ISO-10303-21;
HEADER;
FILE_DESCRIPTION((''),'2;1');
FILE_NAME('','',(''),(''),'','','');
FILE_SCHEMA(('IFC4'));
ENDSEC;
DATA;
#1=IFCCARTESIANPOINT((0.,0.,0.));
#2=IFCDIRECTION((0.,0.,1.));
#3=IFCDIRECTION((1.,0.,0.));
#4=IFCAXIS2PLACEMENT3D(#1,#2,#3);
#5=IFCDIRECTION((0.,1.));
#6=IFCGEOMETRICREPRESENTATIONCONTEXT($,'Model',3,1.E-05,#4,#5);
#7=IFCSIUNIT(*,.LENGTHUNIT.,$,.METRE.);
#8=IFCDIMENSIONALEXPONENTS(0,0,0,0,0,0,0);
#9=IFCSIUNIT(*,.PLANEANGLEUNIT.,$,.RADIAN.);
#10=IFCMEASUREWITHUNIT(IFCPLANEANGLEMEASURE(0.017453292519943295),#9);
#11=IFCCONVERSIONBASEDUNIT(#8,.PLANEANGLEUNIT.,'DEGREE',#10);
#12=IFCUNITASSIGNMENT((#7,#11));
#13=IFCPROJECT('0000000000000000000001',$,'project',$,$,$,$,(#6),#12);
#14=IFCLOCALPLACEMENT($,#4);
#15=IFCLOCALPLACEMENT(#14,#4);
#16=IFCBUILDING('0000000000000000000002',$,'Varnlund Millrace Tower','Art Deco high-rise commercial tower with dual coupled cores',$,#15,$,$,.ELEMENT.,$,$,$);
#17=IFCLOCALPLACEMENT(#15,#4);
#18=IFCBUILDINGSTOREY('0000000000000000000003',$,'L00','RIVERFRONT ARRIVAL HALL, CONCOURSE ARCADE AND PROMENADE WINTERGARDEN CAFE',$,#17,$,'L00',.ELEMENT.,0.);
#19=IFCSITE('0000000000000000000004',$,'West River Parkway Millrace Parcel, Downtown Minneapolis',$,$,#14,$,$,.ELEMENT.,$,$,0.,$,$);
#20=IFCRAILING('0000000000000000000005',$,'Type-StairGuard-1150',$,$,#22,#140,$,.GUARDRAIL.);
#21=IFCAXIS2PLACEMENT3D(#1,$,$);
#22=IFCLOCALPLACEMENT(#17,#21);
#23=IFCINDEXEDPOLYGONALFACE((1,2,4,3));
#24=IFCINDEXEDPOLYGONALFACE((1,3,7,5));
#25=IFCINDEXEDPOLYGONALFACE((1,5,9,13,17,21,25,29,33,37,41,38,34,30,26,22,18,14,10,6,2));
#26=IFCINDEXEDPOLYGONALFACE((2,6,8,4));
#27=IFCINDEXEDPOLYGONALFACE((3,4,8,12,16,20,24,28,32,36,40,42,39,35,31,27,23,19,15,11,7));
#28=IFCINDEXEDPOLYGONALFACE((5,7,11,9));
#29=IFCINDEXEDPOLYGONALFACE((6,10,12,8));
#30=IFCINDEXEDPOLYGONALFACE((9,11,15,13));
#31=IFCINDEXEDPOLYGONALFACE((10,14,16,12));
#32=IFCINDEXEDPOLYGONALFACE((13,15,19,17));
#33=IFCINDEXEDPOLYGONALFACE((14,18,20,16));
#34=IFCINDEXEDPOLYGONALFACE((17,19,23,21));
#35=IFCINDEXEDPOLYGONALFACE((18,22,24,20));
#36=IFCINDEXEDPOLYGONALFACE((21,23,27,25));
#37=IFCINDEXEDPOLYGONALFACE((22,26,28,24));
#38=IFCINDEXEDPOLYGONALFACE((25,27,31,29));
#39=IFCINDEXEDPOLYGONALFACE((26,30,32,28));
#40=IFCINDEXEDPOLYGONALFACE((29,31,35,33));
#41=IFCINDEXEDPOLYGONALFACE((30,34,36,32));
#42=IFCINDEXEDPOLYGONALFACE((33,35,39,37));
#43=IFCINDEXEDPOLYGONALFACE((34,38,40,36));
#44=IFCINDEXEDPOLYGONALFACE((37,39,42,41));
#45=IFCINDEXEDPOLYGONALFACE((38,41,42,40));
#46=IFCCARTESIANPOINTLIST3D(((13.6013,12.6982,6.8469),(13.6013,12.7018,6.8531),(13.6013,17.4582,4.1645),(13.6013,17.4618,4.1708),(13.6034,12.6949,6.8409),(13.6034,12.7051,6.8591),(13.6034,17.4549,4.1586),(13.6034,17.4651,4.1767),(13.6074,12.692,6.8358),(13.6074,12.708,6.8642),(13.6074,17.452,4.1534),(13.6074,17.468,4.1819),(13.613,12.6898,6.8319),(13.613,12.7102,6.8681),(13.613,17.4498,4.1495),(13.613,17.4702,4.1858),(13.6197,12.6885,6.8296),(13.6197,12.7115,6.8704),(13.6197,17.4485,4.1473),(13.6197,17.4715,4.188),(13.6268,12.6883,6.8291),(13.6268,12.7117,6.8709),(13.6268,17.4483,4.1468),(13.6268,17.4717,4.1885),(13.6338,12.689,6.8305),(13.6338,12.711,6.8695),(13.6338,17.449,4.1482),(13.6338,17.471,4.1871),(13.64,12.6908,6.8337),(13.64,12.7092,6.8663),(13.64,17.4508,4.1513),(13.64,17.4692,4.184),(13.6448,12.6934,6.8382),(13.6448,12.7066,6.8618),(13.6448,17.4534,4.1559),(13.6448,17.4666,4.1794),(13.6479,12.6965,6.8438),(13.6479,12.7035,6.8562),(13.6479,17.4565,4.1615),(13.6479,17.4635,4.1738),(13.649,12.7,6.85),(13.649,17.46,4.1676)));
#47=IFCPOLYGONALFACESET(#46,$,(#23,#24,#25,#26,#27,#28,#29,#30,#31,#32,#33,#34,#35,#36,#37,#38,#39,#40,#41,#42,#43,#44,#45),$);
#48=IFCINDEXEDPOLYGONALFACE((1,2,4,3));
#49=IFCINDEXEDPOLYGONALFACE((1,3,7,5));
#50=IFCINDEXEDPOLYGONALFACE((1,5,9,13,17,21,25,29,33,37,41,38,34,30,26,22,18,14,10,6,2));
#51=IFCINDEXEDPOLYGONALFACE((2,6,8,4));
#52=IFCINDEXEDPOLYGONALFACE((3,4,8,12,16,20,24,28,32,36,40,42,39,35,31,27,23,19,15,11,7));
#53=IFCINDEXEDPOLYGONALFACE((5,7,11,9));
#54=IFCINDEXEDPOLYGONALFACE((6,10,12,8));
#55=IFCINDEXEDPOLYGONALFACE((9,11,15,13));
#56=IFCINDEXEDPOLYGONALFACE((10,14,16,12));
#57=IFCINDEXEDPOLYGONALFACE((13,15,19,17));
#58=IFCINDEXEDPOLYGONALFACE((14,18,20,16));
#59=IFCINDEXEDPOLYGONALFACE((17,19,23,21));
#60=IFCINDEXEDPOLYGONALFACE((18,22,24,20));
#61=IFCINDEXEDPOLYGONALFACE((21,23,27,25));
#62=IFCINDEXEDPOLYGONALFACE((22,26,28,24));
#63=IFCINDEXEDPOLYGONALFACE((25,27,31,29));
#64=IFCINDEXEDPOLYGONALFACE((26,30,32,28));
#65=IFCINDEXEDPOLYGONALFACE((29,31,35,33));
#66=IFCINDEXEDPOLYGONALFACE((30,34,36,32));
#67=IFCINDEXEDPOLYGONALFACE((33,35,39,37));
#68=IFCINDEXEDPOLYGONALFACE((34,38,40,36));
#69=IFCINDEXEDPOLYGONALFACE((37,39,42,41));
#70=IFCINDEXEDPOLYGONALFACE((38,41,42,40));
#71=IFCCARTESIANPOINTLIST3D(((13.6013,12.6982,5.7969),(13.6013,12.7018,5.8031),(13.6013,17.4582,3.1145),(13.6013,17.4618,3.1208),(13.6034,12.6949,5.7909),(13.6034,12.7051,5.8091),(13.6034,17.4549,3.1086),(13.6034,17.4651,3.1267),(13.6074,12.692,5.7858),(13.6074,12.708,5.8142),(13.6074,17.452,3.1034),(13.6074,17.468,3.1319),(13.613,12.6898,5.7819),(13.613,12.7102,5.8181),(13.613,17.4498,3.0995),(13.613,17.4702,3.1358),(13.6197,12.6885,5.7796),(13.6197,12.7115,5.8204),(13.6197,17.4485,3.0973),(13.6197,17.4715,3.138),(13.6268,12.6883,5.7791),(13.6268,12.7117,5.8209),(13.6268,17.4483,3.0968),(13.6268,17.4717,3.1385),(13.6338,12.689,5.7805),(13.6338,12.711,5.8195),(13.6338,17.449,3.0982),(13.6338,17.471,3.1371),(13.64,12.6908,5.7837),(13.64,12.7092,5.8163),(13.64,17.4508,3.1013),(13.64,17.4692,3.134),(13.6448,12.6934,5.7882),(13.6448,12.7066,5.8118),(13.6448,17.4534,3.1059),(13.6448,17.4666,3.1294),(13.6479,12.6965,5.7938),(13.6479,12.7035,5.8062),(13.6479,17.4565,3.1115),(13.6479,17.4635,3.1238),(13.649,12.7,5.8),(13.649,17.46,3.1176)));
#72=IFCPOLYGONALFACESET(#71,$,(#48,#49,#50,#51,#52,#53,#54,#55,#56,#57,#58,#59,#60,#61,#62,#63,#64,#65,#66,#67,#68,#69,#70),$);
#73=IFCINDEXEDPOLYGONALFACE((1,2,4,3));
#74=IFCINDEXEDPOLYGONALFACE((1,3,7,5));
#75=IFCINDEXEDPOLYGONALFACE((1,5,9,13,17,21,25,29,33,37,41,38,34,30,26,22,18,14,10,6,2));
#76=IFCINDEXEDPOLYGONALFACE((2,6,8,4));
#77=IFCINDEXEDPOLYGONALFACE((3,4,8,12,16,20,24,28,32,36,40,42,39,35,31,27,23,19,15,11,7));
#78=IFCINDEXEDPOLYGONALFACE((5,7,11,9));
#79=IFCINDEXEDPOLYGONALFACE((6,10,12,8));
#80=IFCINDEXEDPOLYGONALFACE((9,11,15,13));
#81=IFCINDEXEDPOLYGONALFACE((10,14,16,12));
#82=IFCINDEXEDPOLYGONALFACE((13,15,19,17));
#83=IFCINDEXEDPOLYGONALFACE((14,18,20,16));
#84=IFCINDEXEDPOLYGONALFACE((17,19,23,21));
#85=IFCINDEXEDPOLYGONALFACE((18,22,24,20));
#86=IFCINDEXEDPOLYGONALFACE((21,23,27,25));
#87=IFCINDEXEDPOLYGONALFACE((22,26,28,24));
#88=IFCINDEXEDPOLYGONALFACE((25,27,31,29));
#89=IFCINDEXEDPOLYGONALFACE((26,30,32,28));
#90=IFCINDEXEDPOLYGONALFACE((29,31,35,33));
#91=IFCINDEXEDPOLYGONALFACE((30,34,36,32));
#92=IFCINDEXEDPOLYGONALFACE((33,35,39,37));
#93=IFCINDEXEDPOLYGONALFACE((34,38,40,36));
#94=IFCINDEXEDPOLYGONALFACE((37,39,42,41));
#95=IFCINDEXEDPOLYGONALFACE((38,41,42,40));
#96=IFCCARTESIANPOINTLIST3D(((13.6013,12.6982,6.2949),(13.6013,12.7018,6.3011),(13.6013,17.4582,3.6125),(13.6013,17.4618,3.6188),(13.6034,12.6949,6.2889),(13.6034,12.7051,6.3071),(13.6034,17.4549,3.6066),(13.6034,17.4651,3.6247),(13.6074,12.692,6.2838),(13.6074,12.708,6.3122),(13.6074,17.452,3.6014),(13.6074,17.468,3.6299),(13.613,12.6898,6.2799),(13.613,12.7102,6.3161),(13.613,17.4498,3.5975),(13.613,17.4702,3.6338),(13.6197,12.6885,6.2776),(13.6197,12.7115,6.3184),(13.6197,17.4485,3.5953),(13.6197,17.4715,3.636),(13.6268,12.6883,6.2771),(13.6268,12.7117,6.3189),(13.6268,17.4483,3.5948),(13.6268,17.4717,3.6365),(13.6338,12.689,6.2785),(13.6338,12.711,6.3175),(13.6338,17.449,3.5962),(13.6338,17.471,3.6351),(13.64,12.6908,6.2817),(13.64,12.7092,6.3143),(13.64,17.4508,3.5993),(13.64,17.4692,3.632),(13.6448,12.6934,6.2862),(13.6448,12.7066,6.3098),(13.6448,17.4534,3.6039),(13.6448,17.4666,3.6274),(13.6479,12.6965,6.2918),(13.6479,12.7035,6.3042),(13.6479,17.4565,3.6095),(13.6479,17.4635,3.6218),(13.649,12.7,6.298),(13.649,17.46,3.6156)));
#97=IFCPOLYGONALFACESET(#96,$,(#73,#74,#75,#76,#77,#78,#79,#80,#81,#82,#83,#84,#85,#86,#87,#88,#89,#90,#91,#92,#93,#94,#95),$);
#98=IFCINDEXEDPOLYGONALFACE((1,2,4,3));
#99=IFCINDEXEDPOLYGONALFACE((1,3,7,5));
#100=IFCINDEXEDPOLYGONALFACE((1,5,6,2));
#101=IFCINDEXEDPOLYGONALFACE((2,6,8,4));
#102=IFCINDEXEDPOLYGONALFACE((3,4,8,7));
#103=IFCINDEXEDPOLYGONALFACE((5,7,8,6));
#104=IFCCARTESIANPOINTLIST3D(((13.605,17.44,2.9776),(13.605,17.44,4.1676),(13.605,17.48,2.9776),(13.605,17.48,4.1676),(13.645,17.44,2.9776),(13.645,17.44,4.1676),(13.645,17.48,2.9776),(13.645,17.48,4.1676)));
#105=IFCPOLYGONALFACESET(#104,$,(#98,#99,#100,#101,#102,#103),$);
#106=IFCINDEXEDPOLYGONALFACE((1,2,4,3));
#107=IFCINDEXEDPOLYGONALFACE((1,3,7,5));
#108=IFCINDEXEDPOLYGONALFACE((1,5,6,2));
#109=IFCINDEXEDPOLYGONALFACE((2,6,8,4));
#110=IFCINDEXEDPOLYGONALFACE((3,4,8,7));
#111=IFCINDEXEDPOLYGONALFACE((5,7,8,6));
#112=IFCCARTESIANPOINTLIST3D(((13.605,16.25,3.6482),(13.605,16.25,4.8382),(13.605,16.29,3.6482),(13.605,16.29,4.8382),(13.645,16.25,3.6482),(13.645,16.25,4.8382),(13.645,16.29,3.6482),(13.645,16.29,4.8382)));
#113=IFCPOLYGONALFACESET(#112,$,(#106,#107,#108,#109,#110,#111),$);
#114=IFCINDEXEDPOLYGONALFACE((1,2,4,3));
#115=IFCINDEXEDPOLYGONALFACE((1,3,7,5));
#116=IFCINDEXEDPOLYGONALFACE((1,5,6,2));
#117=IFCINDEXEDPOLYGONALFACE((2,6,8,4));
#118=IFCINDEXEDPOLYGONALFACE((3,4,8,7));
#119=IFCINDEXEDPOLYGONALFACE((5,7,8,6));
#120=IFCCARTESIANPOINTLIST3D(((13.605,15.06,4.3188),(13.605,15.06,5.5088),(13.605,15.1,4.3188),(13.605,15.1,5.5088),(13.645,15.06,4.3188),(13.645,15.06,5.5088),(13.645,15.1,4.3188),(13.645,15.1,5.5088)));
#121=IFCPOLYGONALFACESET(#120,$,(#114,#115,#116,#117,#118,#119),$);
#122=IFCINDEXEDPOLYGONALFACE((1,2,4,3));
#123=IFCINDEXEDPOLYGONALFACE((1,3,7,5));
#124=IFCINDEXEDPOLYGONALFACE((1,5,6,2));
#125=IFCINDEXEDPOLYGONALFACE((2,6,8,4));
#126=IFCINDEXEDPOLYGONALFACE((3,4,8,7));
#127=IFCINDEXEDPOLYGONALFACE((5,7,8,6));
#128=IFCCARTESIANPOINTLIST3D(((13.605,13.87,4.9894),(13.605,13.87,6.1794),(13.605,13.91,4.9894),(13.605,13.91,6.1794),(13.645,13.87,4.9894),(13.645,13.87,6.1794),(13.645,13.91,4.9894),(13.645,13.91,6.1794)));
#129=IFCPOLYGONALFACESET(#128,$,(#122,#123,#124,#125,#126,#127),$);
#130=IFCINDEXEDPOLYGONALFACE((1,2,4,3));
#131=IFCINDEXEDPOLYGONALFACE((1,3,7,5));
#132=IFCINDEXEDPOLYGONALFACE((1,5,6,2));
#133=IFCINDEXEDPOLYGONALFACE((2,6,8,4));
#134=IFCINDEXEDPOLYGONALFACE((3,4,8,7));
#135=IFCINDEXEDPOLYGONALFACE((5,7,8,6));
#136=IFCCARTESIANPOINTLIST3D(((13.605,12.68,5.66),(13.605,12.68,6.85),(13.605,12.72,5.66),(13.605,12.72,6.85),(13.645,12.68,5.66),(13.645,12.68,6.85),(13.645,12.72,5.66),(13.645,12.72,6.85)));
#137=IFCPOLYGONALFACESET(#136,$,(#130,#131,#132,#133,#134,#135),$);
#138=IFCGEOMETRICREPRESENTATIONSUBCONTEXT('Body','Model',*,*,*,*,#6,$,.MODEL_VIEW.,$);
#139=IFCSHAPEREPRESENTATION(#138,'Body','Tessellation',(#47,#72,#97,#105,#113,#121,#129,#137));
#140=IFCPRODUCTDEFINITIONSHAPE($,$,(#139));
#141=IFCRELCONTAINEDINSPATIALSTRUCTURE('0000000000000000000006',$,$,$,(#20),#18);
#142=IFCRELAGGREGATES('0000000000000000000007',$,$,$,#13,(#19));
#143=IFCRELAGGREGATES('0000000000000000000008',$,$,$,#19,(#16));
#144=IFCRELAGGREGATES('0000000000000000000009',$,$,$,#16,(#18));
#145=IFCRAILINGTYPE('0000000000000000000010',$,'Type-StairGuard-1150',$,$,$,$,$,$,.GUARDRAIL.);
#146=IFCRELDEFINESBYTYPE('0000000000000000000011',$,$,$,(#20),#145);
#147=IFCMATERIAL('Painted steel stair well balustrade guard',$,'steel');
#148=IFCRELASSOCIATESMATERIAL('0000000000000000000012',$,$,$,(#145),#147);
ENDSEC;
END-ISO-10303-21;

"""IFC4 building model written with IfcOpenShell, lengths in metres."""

from ifc_helpers import new_model, entity, si_unit, converted_unit, direction, frame, origin_with_axes, origin_2d_with_axis, place, context, subcontext, project, spatial, rectangle, circle, extrude, material, type_object, element, save


model = new_model("IFC4")

# Units and contexts
model_context = context("Model", 3, precision=1e-05, world=origin_with_axes(), true_north=direction((0.0, 1.0)))
body_context = subcontext(model_context, "Body", "Model", "MODEL_VIEW")
ifc_project = project(units=[si_unit("LENGTHUNIT", "METRE"), converted_unit("PLANEANGLEUNIT", "DEGREE", entity("IfcPlaneAngleMeasure", 0.017453292519943295), si_unit("PLANEANGLEUNIT", "RADIAN"), dimensions=[0, 0, 0, 0, 0, 0, 0])], contexts=[model_context])

# Site, building, storey
site_placement = place(None, origin_with_axes())
site = spatial("IfcSite", under=ifc_project, at=site_placement, Name="West River Parkway Millrace Parcel, Downtown Minneapolis", CompositionType="ELEMENT", RefElevation=0.0)
building_placement = place(site_placement, origin_with_axes())
building = spatial("IfcBuilding", under=site, at=building_placement, Name="Varnlund Millrace Tower", Description="Art Deco high-rise commercial tower with dual coupled cores", CompositionType="ELEMENT")
storey_placement = place(building_placement, origin_with_axes())
storey = spatial("IfcBuildingStorey", under=building, at=storey_placement, Name="L00", Description="RIVERFRONT ARRIVAL HALL, CONCOURSE ARCADE AND PROMENADE WINTERGARDEN CAFE", LongName="L00", CompositionType="ELEMENT", Elevation=0.0)

# Railing
ifc_material_1 = material(Name="Painted steel stair well balustrade guard", Category="steel")
railing_type_1 = type_object("IfcRailingType", Name="Type-StairGuard-1150", PredefinedType="GUARDRAIL", material=ifc_material_1)
railing_1_placement = place(storey_placement, origin_with_axes())
element("IfcRailing", 1, at=railing_1_placement, inside=storey, type_object=railing_type_1, Name="Type-StairGuard-1150", PredefinedType="GUARDRAIL", context=body_context, shape_type="SweptSolid", body=[
    extrude(circle(Radius=0.024, at=origin_2d_with_axis()), frame((13.625, 17.46, 4.1676), z_axis=(0.0, -0.871196, 0.490936), x_axis=(1.0, 0.0, 0.0)), (0.0, 0.0, 1.0), 5.4638),
    extrude(circle(Radius=0.024, at=origin_2d_with_axis()), frame((13.625, 17.46, 3.1176), z_axis=(0.0, -0.871196, 0.490936), x_axis=(1.0, 0.0, 0.0)), (0.0, 0.0, 1.0), 5.4638),
    extrude(circle(Radius=0.024, at=origin_2d_with_axis()), frame((13.625, 17.46, 3.6156), z_axis=(0.0, -0.871196, 0.490936), x_axis=(1.0, 0.0, 0.0)), (0.0, 0.0, 1.0), 5.4638),
    extrude(rectangle(XDim=0.04, YDim=0.04, at=origin_2d_with_axis()), frame((13.625, 17.46, 2.9776), z_axis=(0.0, 0.0, 1.0), x_axis=(1.0, 0.0, 0.0)), (0.0, 0.0, 1.0), 1.19),
    extrude(rectangle(XDim=0.04, YDim=0.04, at=origin_2d_with_axis()), frame((13.625, 16.27, 3.6482), z_axis=(0.0, 0.0, 1.0), x_axis=(1.0, 0.0, 0.0)), (0.0, 0.0, 1.0), 1.19),
    extrude(rectangle(XDim=0.04, YDim=0.04, at=origin_2d_with_axis()), frame((13.625, 15.08, 4.3188), z_axis=(0.0, 0.0, 1.0), x_axis=(1.0, 0.0, 0.0)), (0.0, 0.0, 1.0), 1.19),
    extrude(rectangle(XDim=0.04, YDim=0.04, at=origin_2d_with_axis()), frame((13.625, 13.89, 4.9894), z_axis=(0.0, 0.0, 1.0), x_axis=(1.0, 0.0, 0.0)), (0.0, 0.0, 1.0), 1.19),
    extrude(rectangle(XDim=0.04, YDim=0.04, at=origin_2d_with_axis()), frame((13.625, 12.7, 5.66), z_axis=(0.0, 0.0, 1.0), x_axis=(1.0, 0.0, 0.0)), (0.0, 0.0, 1.0), 1.19),
])

save(model, "model.ifc")
